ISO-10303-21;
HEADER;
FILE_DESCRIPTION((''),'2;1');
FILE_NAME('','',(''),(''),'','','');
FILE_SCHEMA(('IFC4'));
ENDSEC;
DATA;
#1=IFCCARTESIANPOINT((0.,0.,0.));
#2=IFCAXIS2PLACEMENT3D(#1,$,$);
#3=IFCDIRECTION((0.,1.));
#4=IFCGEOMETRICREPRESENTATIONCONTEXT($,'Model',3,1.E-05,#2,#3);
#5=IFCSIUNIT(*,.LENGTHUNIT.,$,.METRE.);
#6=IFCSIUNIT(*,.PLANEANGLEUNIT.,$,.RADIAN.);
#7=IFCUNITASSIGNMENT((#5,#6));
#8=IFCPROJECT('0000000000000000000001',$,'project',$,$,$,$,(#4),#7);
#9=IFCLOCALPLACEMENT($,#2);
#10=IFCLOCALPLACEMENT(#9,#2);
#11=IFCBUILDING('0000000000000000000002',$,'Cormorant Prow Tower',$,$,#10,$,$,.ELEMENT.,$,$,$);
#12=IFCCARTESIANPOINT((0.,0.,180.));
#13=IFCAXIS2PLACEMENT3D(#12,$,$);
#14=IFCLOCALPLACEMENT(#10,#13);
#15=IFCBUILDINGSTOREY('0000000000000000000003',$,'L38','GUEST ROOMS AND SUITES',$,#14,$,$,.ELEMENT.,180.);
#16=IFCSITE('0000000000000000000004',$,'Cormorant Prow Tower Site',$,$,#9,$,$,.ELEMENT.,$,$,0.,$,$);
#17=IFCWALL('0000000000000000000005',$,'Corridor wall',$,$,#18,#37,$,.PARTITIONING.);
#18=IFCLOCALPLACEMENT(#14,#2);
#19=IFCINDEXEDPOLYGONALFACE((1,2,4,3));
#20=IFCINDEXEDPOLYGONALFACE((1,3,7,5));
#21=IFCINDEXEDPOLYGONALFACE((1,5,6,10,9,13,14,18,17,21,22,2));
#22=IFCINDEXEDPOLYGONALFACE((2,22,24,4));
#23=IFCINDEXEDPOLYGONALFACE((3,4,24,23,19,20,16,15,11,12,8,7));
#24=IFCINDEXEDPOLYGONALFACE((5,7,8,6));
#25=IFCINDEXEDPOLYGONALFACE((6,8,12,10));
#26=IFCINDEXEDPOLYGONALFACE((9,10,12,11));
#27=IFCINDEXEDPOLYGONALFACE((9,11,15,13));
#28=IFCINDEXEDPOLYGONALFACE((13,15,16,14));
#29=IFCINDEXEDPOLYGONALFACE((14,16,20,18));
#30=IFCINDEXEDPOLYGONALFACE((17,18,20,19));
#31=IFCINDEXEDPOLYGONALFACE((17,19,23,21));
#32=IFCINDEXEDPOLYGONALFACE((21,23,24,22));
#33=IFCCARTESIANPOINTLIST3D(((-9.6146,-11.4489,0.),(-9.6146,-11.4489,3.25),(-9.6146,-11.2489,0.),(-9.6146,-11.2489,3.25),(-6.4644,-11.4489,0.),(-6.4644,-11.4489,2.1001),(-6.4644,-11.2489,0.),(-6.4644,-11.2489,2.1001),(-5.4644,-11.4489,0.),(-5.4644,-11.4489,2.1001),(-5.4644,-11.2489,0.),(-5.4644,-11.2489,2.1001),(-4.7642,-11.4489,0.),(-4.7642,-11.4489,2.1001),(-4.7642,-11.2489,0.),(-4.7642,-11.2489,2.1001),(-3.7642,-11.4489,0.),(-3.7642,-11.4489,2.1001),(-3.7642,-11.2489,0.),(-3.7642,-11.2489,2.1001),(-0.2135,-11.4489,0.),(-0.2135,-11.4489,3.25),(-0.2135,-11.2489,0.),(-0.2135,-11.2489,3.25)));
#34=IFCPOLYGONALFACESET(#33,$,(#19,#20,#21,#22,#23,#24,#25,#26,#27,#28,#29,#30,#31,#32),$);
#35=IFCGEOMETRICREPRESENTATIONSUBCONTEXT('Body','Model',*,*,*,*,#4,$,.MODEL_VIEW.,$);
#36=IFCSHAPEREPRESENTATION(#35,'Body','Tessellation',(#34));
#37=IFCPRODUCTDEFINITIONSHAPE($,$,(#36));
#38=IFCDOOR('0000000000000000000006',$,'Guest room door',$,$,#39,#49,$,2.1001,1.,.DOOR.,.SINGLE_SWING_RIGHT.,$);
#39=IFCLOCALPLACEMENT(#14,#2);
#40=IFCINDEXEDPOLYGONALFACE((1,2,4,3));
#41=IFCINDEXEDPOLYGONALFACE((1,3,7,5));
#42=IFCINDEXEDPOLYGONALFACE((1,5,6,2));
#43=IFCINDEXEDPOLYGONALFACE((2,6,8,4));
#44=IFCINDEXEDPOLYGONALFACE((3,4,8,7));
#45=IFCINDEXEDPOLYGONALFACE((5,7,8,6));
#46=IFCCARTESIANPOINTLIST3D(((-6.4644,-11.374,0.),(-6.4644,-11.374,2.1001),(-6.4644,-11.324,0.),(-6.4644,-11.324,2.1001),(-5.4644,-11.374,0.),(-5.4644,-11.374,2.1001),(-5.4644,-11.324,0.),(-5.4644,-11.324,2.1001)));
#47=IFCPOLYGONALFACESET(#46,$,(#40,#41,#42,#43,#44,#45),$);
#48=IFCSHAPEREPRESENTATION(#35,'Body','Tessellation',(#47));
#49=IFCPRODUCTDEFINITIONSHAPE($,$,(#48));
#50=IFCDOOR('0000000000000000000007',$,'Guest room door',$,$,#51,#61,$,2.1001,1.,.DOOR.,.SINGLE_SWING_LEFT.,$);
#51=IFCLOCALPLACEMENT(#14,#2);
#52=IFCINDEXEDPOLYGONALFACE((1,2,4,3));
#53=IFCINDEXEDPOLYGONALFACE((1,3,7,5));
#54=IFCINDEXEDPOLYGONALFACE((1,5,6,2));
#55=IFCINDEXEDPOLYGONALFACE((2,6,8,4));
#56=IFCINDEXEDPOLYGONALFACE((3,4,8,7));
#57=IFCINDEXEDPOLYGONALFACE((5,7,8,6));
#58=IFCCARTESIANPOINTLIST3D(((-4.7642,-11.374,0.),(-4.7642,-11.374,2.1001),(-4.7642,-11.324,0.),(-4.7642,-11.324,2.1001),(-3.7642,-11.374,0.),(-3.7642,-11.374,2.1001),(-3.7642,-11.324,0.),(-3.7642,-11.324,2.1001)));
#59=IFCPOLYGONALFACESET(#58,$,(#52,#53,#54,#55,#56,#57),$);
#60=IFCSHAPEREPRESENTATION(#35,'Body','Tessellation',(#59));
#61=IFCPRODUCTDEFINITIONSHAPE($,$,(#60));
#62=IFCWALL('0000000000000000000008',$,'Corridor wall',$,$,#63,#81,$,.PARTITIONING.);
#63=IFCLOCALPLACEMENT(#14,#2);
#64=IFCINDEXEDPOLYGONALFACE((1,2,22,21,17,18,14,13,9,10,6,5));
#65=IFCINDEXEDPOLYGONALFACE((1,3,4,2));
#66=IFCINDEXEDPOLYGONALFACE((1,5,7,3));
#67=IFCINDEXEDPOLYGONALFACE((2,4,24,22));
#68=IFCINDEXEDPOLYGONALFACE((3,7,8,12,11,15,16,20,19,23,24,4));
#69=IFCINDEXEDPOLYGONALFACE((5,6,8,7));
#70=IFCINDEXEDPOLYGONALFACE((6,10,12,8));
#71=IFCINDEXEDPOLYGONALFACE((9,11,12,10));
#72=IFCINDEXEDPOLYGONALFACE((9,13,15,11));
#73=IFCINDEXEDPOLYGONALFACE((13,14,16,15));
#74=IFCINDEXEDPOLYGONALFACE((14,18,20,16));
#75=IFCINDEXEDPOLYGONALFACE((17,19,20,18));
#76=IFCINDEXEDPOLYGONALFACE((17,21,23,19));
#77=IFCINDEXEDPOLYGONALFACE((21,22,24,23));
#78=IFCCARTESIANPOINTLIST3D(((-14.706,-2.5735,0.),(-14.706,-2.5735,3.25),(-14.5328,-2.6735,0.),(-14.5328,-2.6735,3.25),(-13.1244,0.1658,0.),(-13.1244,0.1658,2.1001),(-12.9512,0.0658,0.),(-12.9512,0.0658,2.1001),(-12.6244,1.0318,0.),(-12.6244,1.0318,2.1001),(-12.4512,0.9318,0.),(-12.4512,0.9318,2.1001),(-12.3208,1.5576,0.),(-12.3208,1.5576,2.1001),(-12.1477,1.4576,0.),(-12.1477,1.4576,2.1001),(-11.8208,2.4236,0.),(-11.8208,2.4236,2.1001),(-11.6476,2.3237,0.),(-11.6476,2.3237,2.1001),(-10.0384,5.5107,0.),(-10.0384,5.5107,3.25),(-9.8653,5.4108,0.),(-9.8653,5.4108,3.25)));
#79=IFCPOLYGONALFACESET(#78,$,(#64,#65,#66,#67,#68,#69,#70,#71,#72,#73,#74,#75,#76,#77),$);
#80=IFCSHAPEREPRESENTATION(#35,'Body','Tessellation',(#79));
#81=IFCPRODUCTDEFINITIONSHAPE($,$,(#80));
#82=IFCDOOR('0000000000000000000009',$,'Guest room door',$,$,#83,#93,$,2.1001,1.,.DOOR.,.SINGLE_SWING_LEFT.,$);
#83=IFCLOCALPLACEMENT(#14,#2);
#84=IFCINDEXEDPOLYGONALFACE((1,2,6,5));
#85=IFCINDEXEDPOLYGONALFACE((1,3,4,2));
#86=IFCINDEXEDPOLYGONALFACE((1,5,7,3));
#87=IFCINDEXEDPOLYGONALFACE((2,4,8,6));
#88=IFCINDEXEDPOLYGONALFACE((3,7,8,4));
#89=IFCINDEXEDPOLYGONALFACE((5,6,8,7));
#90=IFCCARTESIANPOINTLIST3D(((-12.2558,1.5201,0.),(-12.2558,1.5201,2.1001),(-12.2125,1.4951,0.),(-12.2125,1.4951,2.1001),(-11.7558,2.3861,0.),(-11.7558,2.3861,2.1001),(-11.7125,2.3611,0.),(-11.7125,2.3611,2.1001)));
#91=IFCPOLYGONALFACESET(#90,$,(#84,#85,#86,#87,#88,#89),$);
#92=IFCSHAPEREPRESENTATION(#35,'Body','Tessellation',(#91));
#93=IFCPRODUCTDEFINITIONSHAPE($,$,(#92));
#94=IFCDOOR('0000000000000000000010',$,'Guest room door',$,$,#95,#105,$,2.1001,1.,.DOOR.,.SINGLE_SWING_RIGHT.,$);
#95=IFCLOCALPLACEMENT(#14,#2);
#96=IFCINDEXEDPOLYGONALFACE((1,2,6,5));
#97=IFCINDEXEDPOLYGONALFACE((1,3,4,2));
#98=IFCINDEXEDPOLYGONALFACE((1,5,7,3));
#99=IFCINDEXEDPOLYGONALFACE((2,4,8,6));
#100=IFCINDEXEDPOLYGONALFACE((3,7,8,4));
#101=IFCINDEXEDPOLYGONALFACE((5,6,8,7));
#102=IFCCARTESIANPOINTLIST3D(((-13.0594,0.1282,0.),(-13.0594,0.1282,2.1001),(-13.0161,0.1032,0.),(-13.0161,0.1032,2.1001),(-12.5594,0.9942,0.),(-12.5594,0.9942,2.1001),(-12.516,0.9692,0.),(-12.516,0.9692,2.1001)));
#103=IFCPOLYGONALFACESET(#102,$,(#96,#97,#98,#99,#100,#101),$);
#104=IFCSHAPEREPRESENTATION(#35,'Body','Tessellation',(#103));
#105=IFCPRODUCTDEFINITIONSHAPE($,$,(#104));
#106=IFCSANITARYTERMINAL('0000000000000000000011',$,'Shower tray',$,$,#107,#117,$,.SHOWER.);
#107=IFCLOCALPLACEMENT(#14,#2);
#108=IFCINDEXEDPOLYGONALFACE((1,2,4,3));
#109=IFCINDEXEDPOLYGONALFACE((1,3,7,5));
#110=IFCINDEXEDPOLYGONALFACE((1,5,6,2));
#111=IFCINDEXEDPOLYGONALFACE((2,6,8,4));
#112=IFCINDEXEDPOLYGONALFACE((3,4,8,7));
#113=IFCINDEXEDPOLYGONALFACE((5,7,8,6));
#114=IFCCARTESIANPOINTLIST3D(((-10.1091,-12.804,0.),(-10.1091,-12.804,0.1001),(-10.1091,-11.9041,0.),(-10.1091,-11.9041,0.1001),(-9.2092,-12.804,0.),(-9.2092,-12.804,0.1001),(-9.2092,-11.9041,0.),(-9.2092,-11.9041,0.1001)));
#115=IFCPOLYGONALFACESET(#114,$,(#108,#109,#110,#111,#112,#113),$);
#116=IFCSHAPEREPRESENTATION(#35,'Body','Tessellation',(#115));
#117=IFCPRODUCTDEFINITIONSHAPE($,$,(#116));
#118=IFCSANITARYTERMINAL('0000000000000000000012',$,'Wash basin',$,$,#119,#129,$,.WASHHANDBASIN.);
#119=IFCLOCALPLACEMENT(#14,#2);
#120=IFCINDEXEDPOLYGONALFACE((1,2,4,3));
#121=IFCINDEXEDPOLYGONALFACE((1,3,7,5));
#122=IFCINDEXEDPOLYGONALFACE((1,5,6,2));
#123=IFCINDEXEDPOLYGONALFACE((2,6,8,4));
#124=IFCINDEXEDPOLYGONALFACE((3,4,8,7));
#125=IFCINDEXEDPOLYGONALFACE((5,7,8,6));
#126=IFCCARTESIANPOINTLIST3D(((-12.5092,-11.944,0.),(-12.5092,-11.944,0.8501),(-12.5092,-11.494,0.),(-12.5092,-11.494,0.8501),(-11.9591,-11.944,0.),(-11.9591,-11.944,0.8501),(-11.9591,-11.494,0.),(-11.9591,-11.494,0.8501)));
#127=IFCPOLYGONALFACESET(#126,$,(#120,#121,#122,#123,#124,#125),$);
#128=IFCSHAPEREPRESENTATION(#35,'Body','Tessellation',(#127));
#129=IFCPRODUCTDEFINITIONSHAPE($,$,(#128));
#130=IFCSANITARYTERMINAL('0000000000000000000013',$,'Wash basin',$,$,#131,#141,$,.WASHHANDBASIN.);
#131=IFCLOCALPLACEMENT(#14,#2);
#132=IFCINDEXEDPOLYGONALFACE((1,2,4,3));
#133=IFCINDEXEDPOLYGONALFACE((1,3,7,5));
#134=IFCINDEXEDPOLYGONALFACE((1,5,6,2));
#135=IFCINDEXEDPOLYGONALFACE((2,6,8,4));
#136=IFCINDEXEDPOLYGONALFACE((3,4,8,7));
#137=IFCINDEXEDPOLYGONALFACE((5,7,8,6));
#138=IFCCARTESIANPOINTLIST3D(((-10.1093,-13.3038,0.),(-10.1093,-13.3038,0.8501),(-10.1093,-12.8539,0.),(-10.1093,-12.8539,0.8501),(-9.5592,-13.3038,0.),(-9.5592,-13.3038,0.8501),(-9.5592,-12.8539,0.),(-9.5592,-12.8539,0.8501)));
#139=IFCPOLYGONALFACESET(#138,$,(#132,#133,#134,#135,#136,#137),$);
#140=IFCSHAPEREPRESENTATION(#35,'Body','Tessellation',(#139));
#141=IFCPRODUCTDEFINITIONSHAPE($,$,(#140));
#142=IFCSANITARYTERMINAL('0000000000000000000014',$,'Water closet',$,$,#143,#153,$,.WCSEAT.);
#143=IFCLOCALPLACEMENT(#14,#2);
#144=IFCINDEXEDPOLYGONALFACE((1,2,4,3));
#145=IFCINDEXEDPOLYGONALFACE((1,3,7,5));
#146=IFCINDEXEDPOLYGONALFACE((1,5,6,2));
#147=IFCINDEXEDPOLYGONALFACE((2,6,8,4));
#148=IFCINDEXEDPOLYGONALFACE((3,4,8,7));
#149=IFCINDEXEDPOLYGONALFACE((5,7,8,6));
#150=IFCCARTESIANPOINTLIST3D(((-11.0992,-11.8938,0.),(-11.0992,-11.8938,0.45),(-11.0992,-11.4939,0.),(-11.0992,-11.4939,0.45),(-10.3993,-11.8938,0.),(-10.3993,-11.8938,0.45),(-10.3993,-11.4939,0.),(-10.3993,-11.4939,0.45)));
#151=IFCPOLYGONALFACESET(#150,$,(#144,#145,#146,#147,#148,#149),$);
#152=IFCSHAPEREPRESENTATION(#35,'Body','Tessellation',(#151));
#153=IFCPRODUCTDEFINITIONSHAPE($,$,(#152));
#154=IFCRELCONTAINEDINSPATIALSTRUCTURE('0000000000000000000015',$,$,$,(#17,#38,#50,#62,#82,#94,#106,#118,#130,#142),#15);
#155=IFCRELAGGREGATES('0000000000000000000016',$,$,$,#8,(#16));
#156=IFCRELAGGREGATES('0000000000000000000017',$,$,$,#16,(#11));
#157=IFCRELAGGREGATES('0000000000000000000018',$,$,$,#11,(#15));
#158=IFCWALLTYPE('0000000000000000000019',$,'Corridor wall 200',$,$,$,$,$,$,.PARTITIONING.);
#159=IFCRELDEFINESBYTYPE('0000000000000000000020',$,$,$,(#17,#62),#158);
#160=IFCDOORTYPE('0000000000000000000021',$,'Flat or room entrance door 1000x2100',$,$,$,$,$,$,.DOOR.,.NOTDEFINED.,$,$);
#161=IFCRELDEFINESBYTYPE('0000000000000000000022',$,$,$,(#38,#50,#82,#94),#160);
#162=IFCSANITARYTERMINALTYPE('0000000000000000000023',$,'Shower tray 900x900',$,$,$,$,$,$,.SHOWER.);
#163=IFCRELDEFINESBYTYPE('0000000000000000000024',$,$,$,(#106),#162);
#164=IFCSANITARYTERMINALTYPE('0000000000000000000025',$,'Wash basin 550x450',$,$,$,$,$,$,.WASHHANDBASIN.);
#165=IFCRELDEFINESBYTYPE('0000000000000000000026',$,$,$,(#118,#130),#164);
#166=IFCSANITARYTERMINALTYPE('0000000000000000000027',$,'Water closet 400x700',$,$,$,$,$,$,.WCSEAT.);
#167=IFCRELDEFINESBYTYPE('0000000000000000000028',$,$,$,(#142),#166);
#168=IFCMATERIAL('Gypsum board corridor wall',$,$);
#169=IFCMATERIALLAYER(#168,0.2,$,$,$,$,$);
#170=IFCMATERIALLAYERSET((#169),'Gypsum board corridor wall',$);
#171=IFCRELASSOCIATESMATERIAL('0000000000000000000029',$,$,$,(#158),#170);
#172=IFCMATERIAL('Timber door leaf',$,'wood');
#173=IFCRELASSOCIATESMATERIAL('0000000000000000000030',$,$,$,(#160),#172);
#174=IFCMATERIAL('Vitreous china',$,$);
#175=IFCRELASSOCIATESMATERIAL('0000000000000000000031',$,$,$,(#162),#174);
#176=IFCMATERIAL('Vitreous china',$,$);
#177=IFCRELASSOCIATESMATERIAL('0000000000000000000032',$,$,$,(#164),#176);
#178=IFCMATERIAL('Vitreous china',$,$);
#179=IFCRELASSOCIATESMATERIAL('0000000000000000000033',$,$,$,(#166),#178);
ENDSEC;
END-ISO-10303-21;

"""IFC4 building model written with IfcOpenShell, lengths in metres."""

from ifc_helpers import new_model, si_unit, direction, frame, frame_2d, origin, origin_2d, place, context, subcontext, project, spatial, rectangle, extrude, material, layer, layer_set, type_object, element, fill, save


model = new_model("IFC4")

# Units and contexts
model_context = context("Model", 3, precision=1e-05, world=origin(), true_north=direction((0.0, 1.0)))
body_context = subcontext(model_context, "Body", "Model", "MODEL_VIEW")
ifc_project = project(units=[si_unit("LENGTHUNIT", "METRE"), si_unit("PLANEANGLEUNIT", "RADIAN")], contexts=[model_context])

# Site, building, storey
site_placement = place(None, origin())
site = spatial("IfcSite", under=ifc_project, at=site_placement, Name="Cormorant Prow Tower Site", CompositionType="ELEMENT", RefElevation=0.0)
building_placement = place(site_placement, origin())
building = spatial("IfcBuilding", under=site, at=building_placement, Name="Cormorant Prow Tower", CompositionType="ELEMENT")
storey_placement = place(building_placement, frame((0.0, 0.0, 180.0)))
storey = spatial("IfcBuildingStorey", under=building, at=storey_placement, Name="L38", Description="GUEST ROOMS AND SUITES", CompositionType="ELEMENT", Elevation=180.0)

# Walls, openings, doors
ifc_material_1 = material(Name="Gypsum board corridor wall")
ifc_layer_1 = layer(ifc_material_1, 0.2)
ifc_layer_set_1 = layer_set([ifc_layer_1], Name="Gypsum board corridor wall")
wall_type_1 = type_object("IfcWallType", Name="Corridor wall 200", PredefinedType="PARTITIONING", material=ifc_layer_set_1)
wall_1_placement = place(storey_placement, frame((-9.6147, -11.3489, 0.0), z_axis=(0.0, 0.0, 1.0), x_axis=(1.0, 0.0, 0.0)))
wall_1 = element("IfcWall", 1, at=wall_1_placement, inside=storey, type_object=wall_type_1, Name="Corridor wall", PredefinedType="PARTITIONING", context=body_context, shape_type="SweptSolid", body=[
    extrude(rectangle(XDim=9.4011, YDim=0.2, at=frame_2d((4.7007, 0.0))), origin(), (0.0, 0.0, 1.0), 3.25),
])
opening_1_placement = place(wall_1_placement, frame((3.1504, 0.0, 0.0)))
opening_1 = element("IfcOpeningElement", 2, at=opening_1_placement, cuts=wall_1, PredefinedType="OPENING", context=body_context, shape_type="SweptSolid", body=[
    extrude(rectangle(XDim=1.0, YDim=2.1001, at=frame_2d((0.5, 1.05))), frame((0.0, 0.1099, 0.0), z_axis=(0.0, -1.0, 0.0), x_axis=(1.0, 0.0, 0.0)), (0.0, 0.0, 1.0), 0.22),
])
opening_2_placement = place(wall_1_placement, frame((4.8506, 0.0, 0.0)))
opening_2 = element("IfcOpeningElement", 3, at=opening_2_placement, cuts=wall_1, PredefinedType="OPENING", context=body_context, shape_type="SweptSolid", body=[
    extrude(rectangle(XDim=1.0, YDim=2.1001, at=frame_2d((0.5, 1.05))), frame((0.0, 0.1099, 0.0), z_axis=(0.0, -1.0, 0.0), x_axis=(1.0, 0.0, 0.0)), (0.0, 0.0, 1.0), 0.22),
])
ifc_material_2 = material(Name="Timber door leaf", Category="wood")
door_type_1 = type_object("IfcDoorType", Name="Flat or room entrance door 1000x2100", OperationType="NOTDEFINED", PredefinedType="DOOR", material=ifc_material_2)
door_1_placement = place(opening_1_placement, origin())
door_1 = element("IfcDoor", 4, at=door_1_placement, inside=storey, type_object=door_type_1, Name="Guest room door", OperationType="SINGLE_SWING_RIGHT", OverallHeight=2.1001, OverallWidth=1.0, PredefinedType="DOOR", context=body_context, shape_type="SweptSolid", body=[
    extrude(rectangle(XDim=1.0, YDim=2.1001, at=frame_2d((0.5, 1.05))), frame((0.0, 0.0249, 0.0), z_axis=(0.0, -1.0, 0.0), x_axis=(1.0, 0.0, 0.0)), (0.0, 0.0, 1.0), 0.05),
])
fill(opening_1, door_1)
door_2_placement = place(opening_2_placement, origin())
door_2 = element("IfcDoor", 5, at=door_2_placement, inside=storey, type_object=door_type_1, Name="Guest room door", OperationType="SINGLE_SWING_LEFT", OverallHeight=2.1001, OverallWidth=1.0, PredefinedType="DOOR", context=body_context, shape_type="SweptSolid", body=[
    extrude(rectangle(XDim=1.0, YDim=2.1001, at=frame_2d((0.5, 1.05))), frame((0.0, 0.0249, 0.0), z_axis=(0.0, -1.0, 0.0), x_axis=(1.0, 0.0, 0.0)), (0.0, 0.0, 1.0), 0.05),
])
fill(opening_2, door_2)
wall_2_placement = place(storey_placement, frame((-14.6194, -2.6235, 0.0), z_axis=(0.0, 0.0, 1.0), x_axis=(0.500004, 0.866023, 0.0)))
wall_2 = element("IfcWall", 6, at=wall_2_placement, inside=storey, type_object=wall_type_1, Name="Corridor wall", PredefinedType="PARTITIONING", context=body_context, shape_type="SweptSolid", body=[
    extrude(rectangle(XDim=9.335, YDim=0.2, at=frame_2d((4.6675, 0.0))), origin(), (0.0, 0.0, 1.0), 3.25),
])
opening_3_placement = place(wall_2_placement, frame((4.7703, 0.0, 0.0)))
opening_3 = element("IfcOpeningElement", 7, at=opening_3_placement, cuts=wall_2, PredefinedType="OPENING", context=body_context, shape_type="SweptSolid", body=[
    extrude(rectangle(XDim=1.0, YDim=2.1001, at=frame_2d((0.5, 1.05))), frame((0.0, 0.1099, 0.0), z_axis=(0.0, -1.0, 0.0), x_axis=(1.0, 0.0, 0.0)), (0.0, 0.0, 1.0), 0.22),
])
opening_4_placement = place(wall_2_placement, frame((3.1631, 0.0, 0.0)))
opening_4 = element("IfcOpeningElement", 8, at=opening_4_placement, cuts=wall_2, PredefinedType="OPENING", context=body_context, shape_type="SweptSolid", body=[
    extrude(rectangle(XDim=1.0, YDim=2.1001, at=frame_2d((0.5, 1.05))), frame((0.0, 0.1099, 0.0), z_axis=(0.0, -1.0, 0.0), x_axis=(1.0, 0.0, 0.0)), (0.0, 0.0, 1.0), 0.22),
])
door_3_placement = place(opening_3_placement, origin())
door_3 = element("IfcDoor", 9, at=door_3_placement, inside=storey, type_object=door_type_1, Name="Guest room door", OperationType="SINGLE_SWING_LEFT", OverallHeight=2.1001, OverallWidth=1.0, PredefinedType="DOOR", context=body_context, shape_type="SweptSolid", body=[
    extrude(rectangle(XDim=1.0, YDim=2.1001, at=frame_2d((0.5, 1.05))), frame((0.0, 0.0249, 0.0), z_axis=(0.0, -1.0, 0.0), x_axis=(1.0, 0.0, 0.0)), (0.0, 0.0, 1.0), 0.05),
])
fill(opening_3, door_3)
door_4_placement = place(opening_4_placement, origin())
door_4 = element("IfcDoor", 10, at=door_4_placement, inside=storey, type_object=door_type_1, Name="Guest room door", OperationType="SINGLE_SWING_RIGHT", OverallHeight=2.1001, OverallWidth=1.0, PredefinedType="DOOR", context=body_context, shape_type="SweptSolid", body=[
    extrude(rectangle(XDim=1.0, YDim=2.1001, at=frame_2d((0.5, 1.05))), frame((0.0, 0.0249, 0.0), z_axis=(0.0, -1.0, 0.0), x_axis=(1.0, 0.0, 0.0)), (0.0, 0.0, 1.0), 0.05),
])
fill(opening_4, door_4)

# Sanitary terminals
ifc_material_3 = material(Name="Vitreous china")
sanitary_terminal_type_1 = type_object("IfcSanitaryTerminalType", Name="Shower tray 900x900", PredefinedType="SHOWER", material=ifc_material_3)
sanitary_terminal_1_placement = place(storey_placement, frame((-9.6592, -12.354, 0.0), z_axis=(0.0, 0.0, 1.0), x_axis=(1.0, 0.0, 0.0)))
element("IfcSanitaryTerminal", 11, at=sanitary_terminal_1_placement, inside=storey, type_object=sanitary_terminal_type_1, Name="Shower tray", PredefinedType="SHOWER", context=body_context, shape_type="SweptSolid", body=[
    extrude(rectangle(XDim=0.8999, YDim=0.8999, at=origin_2d()), origin(), (0.0, 0.0, 1.0), 0.1001),
])
ifc_material_4 = material(Name="Vitreous china")
sanitary_terminal_type_2 = type_object("IfcSanitaryTerminalType", Name="Wash basin 550x450", PredefinedType="WASHHANDBASIN", material=ifc_material_4)
for number, where, z_axis, x_axis, name in (
    (12, (-12.2341, -11.719, 0.0), (0.0, 0.0, 1.0), (1.0, 0.0, 0.0), "Wash basin"),
    (13, (-9.8342, -13.0789, 0.0), (0.0, 0.0, 1.0), (1.0, 0.0, 0.0), "Wash basin"),
):
    element("IfcSanitaryTerminal", number, at=place(storey_placement, frame(where, z_axis=z_axis, x_axis=x_axis)), inside=storey, type_object=sanitary_terminal_type_2, Name=name, PredefinedType="WASHHANDBASIN", context=body_context, shape_type="SweptSolid", body=[
        extrude(rectangle(XDim=0.55, YDim=0.45, at=origin_2d()), origin(), (0.0, 0.0, 1.0), 0.8501),
    ])
ifc_material_5 = material(Name="Vitreous china")
sanitary_terminal_type_3 = type_object("IfcSanitaryTerminalType", Name="Water closet 400x700", PredefinedType="WCSEAT", material=ifc_material_5)
sanitary_terminal_2_placement = place(storey_placement, frame((-10.7493, -11.6938, 0.0), z_axis=(0.0, 0.0, 1.0), x_axis=(0.0, -1.0, 0.0)))
element("IfcSanitaryTerminal", 14, at=sanitary_terminal_2_placement, inside=storey, type_object=sanitary_terminal_type_3, Name="Water closet", PredefinedType="WCSEAT", context=body_context, shape_type="SweptSolid", body=[
    extrude(rectangle(XDim=0.3999, YDim=0.7, at=origin_2d()), origin(), (0.0, 0.0, 1.0), 0.45),
])

save(model, "model.ifc")
